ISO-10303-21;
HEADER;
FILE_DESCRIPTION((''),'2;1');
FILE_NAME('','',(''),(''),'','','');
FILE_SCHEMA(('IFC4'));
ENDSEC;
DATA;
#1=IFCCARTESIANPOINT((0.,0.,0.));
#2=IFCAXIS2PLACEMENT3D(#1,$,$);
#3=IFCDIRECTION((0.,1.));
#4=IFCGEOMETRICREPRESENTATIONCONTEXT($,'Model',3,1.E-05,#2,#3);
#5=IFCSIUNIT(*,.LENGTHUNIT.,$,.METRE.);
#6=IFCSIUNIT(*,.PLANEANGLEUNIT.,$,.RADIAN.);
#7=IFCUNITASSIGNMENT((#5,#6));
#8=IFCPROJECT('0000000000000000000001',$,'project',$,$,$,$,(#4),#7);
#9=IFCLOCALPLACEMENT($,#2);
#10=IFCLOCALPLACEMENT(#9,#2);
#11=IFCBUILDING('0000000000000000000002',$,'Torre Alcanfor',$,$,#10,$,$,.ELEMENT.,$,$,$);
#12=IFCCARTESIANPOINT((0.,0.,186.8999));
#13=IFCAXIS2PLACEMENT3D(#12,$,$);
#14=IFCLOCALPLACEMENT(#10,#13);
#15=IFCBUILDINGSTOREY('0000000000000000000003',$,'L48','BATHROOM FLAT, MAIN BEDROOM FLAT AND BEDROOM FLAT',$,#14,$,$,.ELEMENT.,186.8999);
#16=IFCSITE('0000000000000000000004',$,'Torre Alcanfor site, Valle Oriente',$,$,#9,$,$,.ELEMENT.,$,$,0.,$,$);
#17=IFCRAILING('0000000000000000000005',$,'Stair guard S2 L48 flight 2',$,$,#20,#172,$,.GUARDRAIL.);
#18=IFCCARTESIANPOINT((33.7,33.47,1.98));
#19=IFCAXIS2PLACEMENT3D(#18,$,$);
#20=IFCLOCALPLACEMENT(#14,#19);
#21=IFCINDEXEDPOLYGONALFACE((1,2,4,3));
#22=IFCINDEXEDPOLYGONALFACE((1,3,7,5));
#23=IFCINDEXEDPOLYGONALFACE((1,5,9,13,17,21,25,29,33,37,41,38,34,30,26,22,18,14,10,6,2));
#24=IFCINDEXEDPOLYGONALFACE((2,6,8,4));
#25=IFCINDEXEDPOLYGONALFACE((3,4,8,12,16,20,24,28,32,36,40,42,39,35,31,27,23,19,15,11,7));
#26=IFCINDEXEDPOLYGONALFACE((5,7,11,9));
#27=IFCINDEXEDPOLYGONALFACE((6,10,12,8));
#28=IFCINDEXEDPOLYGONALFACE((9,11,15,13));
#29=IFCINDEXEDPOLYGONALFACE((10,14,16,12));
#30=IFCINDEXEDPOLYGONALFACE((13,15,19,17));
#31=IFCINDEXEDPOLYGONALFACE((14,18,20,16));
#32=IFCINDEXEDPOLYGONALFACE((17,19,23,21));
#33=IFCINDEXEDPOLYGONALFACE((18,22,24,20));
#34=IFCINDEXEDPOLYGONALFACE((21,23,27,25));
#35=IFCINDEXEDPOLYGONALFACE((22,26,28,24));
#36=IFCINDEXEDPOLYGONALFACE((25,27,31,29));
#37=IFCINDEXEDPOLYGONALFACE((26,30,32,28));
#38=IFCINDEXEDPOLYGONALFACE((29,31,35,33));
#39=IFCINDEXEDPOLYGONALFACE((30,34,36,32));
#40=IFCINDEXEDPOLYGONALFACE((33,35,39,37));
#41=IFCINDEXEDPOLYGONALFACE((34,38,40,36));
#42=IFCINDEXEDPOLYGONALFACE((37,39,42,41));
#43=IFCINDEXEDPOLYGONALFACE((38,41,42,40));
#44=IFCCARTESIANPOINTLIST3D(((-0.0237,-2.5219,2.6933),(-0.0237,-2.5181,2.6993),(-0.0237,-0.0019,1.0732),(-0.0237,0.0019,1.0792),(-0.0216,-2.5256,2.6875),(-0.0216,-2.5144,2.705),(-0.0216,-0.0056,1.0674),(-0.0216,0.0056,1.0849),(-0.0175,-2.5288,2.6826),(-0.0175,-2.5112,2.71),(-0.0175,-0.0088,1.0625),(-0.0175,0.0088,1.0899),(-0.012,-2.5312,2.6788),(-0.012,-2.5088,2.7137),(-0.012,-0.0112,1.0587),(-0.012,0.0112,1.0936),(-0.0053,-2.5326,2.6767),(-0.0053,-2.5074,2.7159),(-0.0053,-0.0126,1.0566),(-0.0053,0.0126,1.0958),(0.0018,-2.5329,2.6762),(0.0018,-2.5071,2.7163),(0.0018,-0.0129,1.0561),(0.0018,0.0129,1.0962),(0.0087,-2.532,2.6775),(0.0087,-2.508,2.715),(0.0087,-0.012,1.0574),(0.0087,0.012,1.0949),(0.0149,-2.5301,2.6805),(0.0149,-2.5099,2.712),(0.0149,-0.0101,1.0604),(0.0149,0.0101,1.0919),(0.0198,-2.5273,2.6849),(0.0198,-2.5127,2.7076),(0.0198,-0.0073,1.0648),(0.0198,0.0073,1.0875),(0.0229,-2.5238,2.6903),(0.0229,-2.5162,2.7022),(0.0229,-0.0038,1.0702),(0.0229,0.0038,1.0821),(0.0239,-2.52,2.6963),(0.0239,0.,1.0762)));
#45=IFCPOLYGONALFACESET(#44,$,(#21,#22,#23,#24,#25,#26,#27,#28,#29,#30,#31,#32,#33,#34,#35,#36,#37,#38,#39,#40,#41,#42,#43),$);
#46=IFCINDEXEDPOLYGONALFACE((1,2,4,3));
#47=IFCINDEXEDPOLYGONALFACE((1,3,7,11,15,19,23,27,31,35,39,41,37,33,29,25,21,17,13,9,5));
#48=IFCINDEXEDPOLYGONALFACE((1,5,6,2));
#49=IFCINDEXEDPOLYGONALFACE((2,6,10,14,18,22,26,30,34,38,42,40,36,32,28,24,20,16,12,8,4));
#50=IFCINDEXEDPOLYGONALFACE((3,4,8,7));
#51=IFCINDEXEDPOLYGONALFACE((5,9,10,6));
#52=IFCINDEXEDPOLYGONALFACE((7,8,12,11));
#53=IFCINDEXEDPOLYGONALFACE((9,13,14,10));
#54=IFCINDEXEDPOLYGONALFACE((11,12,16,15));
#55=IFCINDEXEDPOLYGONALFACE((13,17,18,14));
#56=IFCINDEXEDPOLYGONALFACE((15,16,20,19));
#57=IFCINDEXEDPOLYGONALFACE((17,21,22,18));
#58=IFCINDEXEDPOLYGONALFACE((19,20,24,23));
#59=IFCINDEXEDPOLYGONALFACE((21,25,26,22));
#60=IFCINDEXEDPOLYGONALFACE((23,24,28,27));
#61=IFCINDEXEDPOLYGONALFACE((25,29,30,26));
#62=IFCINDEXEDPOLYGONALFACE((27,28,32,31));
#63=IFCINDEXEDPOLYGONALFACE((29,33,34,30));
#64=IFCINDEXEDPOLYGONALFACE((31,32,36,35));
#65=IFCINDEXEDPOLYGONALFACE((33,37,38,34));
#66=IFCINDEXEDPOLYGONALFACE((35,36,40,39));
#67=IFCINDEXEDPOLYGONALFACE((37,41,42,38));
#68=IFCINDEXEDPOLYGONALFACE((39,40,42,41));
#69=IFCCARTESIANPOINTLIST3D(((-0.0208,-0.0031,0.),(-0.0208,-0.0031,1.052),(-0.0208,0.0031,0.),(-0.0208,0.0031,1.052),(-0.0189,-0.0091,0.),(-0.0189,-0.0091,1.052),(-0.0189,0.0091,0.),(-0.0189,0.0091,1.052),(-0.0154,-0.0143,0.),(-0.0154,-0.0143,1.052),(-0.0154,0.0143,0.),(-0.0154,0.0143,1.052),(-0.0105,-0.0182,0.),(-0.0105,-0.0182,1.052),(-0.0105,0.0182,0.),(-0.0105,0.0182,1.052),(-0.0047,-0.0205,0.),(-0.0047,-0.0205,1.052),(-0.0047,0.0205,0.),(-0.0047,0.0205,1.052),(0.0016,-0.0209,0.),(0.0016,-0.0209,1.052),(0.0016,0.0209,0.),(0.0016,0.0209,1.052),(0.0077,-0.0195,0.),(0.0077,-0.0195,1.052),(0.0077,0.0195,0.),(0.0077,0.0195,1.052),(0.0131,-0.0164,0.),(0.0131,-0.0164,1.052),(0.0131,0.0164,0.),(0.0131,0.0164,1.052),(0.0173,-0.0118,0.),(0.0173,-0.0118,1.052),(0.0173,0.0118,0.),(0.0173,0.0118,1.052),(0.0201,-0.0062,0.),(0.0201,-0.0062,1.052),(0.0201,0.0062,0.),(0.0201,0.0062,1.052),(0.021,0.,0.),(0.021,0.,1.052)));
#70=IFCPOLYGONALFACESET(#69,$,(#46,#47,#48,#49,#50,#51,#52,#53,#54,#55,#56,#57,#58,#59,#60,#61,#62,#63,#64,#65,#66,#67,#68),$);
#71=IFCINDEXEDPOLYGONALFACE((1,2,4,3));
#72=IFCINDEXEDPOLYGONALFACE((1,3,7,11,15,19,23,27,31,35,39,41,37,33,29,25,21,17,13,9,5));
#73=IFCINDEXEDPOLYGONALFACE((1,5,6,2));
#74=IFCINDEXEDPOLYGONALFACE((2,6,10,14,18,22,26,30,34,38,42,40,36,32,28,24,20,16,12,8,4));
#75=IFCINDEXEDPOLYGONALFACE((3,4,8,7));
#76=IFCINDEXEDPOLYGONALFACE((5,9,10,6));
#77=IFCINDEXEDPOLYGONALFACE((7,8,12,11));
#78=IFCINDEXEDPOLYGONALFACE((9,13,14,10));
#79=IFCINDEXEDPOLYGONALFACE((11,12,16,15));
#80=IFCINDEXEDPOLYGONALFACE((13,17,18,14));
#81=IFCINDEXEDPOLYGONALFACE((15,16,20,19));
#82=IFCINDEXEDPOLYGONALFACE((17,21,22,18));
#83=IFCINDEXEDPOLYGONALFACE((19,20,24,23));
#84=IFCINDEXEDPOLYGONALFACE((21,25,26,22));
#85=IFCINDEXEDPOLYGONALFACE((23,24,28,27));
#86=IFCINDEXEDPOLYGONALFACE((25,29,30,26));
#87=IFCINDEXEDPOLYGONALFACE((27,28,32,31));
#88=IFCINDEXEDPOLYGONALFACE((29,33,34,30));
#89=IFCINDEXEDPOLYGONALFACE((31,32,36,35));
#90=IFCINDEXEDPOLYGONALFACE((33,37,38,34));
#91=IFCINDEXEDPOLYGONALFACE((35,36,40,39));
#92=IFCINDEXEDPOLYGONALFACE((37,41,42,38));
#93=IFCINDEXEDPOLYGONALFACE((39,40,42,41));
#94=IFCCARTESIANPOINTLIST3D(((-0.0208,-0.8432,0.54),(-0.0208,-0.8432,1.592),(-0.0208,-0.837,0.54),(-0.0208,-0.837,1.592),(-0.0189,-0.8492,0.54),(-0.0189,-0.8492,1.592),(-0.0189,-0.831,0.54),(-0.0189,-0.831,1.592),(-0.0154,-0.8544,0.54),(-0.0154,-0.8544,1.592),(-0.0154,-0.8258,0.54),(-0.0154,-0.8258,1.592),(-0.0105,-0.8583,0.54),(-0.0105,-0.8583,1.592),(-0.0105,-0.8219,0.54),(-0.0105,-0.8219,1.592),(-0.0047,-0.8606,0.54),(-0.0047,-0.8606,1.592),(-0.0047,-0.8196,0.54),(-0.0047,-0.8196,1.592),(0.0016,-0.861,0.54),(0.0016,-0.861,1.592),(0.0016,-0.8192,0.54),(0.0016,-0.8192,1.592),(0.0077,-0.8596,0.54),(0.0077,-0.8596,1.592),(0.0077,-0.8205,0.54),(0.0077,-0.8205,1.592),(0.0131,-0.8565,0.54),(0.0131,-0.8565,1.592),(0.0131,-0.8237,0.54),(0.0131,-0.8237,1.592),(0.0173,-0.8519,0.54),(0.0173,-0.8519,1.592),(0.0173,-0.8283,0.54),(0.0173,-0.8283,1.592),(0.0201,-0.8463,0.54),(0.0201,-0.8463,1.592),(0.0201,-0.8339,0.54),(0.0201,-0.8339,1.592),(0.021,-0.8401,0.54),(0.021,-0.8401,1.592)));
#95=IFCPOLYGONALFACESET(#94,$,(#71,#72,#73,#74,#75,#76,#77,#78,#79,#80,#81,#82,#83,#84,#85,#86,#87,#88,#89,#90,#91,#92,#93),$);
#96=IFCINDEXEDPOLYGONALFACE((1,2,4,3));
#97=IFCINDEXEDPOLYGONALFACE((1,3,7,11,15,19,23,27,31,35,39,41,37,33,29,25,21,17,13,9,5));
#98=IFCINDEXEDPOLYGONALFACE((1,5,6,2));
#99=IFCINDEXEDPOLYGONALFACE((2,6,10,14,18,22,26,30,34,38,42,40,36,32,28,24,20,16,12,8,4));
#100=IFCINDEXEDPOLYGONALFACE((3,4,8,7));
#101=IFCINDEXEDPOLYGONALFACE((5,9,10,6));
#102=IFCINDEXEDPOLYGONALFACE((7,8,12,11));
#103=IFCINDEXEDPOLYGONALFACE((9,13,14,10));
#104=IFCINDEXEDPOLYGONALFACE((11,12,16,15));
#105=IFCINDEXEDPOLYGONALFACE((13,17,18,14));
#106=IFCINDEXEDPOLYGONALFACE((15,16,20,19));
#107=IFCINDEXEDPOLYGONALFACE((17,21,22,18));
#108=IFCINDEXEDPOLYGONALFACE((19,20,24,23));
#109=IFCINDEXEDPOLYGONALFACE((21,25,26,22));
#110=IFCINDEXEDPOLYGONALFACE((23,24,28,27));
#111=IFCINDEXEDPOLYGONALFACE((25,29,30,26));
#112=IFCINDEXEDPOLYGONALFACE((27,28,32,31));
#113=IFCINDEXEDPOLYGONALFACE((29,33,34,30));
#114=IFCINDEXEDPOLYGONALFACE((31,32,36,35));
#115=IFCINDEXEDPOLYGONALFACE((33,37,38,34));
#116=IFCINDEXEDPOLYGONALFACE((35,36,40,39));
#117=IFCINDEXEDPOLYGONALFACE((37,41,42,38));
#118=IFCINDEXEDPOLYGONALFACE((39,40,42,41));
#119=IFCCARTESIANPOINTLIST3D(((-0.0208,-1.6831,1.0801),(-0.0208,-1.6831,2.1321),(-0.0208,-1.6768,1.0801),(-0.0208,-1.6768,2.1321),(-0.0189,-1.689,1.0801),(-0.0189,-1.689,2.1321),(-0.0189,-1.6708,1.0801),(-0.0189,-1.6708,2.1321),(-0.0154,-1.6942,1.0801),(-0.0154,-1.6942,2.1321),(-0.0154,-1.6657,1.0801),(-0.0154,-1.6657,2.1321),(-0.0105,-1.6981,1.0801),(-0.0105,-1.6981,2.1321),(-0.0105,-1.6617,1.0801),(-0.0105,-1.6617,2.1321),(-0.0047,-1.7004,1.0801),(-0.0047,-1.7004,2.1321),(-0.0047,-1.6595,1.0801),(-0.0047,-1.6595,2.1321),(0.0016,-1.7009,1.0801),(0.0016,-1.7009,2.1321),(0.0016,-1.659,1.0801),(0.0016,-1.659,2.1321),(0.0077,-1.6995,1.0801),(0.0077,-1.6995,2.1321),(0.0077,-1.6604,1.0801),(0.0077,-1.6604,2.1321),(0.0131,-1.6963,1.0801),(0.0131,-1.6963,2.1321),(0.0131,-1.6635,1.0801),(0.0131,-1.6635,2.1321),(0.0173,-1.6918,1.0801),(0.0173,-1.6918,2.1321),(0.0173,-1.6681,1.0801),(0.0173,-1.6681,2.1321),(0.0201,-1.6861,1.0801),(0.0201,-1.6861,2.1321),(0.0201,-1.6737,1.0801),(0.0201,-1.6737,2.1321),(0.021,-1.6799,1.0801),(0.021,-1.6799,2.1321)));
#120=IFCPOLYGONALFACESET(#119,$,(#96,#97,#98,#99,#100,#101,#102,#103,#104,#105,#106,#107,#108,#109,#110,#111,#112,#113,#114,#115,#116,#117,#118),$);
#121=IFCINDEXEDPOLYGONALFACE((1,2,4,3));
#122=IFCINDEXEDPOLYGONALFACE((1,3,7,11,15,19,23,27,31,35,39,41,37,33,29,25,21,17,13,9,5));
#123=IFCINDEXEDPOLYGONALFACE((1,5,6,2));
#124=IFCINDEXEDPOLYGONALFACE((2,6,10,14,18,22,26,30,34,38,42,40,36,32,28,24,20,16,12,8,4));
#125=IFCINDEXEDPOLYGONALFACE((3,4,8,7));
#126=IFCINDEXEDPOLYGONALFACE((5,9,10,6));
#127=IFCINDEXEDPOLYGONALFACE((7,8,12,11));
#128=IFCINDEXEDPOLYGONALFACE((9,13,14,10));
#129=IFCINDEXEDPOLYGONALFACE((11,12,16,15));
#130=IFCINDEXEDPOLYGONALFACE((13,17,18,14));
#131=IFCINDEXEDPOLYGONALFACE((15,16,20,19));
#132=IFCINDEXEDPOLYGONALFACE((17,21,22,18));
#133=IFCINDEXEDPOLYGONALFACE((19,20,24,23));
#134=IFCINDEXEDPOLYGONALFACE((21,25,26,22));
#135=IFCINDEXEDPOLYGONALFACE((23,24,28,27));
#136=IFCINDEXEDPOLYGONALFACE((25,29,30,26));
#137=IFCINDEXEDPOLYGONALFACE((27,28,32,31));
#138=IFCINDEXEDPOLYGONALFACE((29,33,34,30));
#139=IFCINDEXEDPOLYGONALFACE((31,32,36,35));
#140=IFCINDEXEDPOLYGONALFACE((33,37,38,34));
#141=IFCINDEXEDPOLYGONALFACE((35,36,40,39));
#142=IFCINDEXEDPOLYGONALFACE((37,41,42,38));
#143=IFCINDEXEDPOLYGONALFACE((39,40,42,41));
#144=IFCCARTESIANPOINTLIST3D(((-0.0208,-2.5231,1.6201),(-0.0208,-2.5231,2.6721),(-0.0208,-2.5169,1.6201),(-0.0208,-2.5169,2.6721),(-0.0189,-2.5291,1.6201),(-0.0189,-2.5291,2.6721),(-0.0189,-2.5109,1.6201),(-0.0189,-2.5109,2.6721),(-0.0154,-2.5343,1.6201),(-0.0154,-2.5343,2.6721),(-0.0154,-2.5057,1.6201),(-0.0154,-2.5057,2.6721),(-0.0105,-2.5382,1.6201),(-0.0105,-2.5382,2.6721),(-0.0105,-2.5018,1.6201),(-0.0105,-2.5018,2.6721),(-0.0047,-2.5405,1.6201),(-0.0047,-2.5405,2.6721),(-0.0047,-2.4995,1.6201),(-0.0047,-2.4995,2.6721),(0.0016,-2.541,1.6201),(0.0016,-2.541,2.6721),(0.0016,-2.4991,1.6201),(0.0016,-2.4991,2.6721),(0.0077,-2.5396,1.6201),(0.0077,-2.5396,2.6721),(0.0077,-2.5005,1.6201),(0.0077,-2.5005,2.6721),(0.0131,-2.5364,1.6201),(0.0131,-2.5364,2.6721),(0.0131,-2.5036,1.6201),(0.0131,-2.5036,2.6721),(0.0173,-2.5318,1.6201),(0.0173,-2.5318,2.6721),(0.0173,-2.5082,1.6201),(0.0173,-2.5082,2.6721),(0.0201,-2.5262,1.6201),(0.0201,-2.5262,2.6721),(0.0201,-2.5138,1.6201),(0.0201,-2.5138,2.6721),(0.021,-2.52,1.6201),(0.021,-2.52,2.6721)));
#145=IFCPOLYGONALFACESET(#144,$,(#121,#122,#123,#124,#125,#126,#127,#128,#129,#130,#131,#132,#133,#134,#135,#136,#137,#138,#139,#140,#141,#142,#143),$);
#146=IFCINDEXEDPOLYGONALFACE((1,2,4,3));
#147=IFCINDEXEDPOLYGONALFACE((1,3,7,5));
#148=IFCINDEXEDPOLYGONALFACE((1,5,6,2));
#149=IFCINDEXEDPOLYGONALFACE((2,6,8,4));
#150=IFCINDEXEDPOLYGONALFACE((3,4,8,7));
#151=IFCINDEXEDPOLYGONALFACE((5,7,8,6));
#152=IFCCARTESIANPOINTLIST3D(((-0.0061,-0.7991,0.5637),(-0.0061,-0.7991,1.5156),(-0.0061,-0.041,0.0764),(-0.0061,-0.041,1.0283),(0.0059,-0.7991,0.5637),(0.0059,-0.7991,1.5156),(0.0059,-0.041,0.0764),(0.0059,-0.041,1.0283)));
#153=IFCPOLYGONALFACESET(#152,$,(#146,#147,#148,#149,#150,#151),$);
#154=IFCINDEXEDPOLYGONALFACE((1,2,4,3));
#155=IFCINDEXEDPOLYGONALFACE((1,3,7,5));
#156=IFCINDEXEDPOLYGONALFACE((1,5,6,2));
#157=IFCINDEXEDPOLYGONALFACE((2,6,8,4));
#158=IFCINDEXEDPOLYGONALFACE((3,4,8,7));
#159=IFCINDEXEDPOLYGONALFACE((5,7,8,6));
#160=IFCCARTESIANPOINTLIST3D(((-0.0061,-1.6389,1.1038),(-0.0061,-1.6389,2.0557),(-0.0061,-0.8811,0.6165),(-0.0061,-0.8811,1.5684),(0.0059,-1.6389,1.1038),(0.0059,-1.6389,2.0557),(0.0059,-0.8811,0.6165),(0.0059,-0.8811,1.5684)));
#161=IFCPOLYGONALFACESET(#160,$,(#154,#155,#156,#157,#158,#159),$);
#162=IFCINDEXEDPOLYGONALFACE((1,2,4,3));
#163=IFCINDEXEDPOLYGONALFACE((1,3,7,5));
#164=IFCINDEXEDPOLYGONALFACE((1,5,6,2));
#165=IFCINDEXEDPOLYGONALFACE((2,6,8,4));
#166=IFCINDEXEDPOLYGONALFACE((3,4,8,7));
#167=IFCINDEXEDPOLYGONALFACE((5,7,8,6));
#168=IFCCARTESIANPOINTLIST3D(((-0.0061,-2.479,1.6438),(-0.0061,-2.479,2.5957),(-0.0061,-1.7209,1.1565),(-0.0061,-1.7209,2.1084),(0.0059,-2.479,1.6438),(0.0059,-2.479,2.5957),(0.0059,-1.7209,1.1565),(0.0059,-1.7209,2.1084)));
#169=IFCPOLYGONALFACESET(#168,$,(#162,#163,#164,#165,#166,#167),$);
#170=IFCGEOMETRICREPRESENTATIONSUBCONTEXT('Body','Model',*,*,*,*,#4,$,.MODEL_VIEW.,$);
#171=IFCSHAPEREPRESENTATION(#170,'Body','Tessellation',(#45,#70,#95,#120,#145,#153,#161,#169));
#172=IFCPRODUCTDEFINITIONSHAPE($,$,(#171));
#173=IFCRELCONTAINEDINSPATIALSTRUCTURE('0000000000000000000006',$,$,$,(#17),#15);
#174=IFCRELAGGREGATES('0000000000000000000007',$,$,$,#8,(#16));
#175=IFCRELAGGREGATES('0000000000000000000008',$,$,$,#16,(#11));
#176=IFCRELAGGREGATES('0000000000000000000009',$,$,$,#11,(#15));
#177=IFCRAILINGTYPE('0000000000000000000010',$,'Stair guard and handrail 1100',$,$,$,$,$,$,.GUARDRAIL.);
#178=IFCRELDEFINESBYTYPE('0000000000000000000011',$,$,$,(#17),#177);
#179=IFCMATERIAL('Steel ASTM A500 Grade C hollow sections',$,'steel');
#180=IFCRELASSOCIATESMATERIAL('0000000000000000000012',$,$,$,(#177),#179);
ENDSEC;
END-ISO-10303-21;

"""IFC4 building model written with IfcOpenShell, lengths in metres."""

from ifc_helpers import new_model, si_unit, direction, frame, origin, origin_2d, place, context, subcontext, project, spatial, polyline, circle, outline, extrude, material, type_object, element, save


model = new_model("IFC4")

# Units and contexts
model_context = context("Model", 3, precision=1e-05, world=origin(), true_north=direction((0.0, 1.0)))
body_context = subcontext(model_context, "Body", "Model", "MODEL_VIEW")
ifc_project = project(units=[si_unit("LENGTHUNIT", "METRE"), si_unit("PLANEANGLEUNIT", "RADIAN")], contexts=[model_context])

# Site, building, storey
site_placement = place(None, origin())
site = spatial("IfcSite", under=ifc_project, at=site_placement, Name="Torre Alcanfor site, Valle Oriente", CompositionType="ELEMENT", RefElevation=0.0)
building_placement = place(site_placement, origin())
building = spatial("IfcBuilding", under=site, at=building_placement, Name="Torre Alcanfor", CompositionType="ELEMENT")
storey_placement = place(building_placement, frame((0.0, 0.0, 186.8999)))
storey = spatial("IfcBuildingStorey", under=building, at=storey_placement, Name="L48", Description="BATHROOM FLAT, MAIN BEDROOM FLAT AND BEDROOM FLAT", CompositionType="ELEMENT", Elevation=186.8999)

# Railing
ifc_material_1 = material(Name="Steel ASTM A500 Grade C hollow sections", Category="steel")
railing_type_1 = type_object("IfcRailingType", Name="Stair guard and handrail 1100", PredefinedType="GUARDRAIL", material=ifc_material_1)
railing_1_placement = place(storey_placement, frame((33.7, 33.47, 1.98)))
element("IfcRailing", 1, at=railing_1_placement, inside=storey, type_object=railing_type_1, Name="Stair guard S2 L48 flight 2", PredefinedType="GUARDRAIL", context=body_context, shape_type="SweptSolid", body=[
    extrude(circle(Radius=0.0239, at=origin_2d()), frame((0.0, 0.0, 1.0762), z_axis=(0.0, -0.841163, 0.540782), x_axis=(1.0, 0.0, 0.0)), (0.0, 0.0, 1.0), 2.9958),
    extrude(circle(Radius=0.021, at=origin_2d()), origin(), (0.0, 0.0, 1.0), 1.052),
    extrude(circle(Radius=0.021, at=origin_2d()), frame((0.0, -0.8401, 0.54)), (0.0, 0.0, 1.0), 1.052),
    extrude(circle(Radius=0.021, at=origin_2d()), frame((0.0, -1.6799, 1.0801)), (0.0, 0.0, 1.0), 1.052),
    extrude(circle(Radius=0.021, at=origin_2d()), frame((0.0, -2.52, 1.6201)), (0.0, 0.0, 1.0), 1.052),
    extrude(outline(polyline([(0.041, 0.0764), (0.7991, 0.5637), (0.7991, 1.5156), (0.041, 1.0283), (0.041, 0.0764)])), frame((0.0059, 0.0, 0.0), z_axis=(-1.0, 0.0, 0.0), x_axis=(0.0, -1.0, 0.0)), (0.0, 0.0, 1.0), 0.012),
    extrude(outline(polyline([(0.8811, 0.6165), (1.6389, 1.1038), (1.6389, 2.0557), (0.8811, 1.5684), (0.8811, 0.6165)])), frame((0.0059, 0.0, 0.0), z_axis=(-1.0, 0.0, 0.0), x_axis=(0.0, -1.0, 0.0)), (0.0, 0.0, 1.0), 0.012),
    extrude(outline(polyline([(1.7209, 1.1565), (2.479, 1.6438), (2.479, 2.5957), (1.7209, 2.1084), (1.7209, 1.1565)])), frame((0.0059, 0.0, 0.0), z_axis=(-1.0, 0.0, 0.0), x_axis=(0.0, -1.0, 0.0)), (0.0, 0.0, 1.0), 0.012),
])

save(model, "model.ifc")
